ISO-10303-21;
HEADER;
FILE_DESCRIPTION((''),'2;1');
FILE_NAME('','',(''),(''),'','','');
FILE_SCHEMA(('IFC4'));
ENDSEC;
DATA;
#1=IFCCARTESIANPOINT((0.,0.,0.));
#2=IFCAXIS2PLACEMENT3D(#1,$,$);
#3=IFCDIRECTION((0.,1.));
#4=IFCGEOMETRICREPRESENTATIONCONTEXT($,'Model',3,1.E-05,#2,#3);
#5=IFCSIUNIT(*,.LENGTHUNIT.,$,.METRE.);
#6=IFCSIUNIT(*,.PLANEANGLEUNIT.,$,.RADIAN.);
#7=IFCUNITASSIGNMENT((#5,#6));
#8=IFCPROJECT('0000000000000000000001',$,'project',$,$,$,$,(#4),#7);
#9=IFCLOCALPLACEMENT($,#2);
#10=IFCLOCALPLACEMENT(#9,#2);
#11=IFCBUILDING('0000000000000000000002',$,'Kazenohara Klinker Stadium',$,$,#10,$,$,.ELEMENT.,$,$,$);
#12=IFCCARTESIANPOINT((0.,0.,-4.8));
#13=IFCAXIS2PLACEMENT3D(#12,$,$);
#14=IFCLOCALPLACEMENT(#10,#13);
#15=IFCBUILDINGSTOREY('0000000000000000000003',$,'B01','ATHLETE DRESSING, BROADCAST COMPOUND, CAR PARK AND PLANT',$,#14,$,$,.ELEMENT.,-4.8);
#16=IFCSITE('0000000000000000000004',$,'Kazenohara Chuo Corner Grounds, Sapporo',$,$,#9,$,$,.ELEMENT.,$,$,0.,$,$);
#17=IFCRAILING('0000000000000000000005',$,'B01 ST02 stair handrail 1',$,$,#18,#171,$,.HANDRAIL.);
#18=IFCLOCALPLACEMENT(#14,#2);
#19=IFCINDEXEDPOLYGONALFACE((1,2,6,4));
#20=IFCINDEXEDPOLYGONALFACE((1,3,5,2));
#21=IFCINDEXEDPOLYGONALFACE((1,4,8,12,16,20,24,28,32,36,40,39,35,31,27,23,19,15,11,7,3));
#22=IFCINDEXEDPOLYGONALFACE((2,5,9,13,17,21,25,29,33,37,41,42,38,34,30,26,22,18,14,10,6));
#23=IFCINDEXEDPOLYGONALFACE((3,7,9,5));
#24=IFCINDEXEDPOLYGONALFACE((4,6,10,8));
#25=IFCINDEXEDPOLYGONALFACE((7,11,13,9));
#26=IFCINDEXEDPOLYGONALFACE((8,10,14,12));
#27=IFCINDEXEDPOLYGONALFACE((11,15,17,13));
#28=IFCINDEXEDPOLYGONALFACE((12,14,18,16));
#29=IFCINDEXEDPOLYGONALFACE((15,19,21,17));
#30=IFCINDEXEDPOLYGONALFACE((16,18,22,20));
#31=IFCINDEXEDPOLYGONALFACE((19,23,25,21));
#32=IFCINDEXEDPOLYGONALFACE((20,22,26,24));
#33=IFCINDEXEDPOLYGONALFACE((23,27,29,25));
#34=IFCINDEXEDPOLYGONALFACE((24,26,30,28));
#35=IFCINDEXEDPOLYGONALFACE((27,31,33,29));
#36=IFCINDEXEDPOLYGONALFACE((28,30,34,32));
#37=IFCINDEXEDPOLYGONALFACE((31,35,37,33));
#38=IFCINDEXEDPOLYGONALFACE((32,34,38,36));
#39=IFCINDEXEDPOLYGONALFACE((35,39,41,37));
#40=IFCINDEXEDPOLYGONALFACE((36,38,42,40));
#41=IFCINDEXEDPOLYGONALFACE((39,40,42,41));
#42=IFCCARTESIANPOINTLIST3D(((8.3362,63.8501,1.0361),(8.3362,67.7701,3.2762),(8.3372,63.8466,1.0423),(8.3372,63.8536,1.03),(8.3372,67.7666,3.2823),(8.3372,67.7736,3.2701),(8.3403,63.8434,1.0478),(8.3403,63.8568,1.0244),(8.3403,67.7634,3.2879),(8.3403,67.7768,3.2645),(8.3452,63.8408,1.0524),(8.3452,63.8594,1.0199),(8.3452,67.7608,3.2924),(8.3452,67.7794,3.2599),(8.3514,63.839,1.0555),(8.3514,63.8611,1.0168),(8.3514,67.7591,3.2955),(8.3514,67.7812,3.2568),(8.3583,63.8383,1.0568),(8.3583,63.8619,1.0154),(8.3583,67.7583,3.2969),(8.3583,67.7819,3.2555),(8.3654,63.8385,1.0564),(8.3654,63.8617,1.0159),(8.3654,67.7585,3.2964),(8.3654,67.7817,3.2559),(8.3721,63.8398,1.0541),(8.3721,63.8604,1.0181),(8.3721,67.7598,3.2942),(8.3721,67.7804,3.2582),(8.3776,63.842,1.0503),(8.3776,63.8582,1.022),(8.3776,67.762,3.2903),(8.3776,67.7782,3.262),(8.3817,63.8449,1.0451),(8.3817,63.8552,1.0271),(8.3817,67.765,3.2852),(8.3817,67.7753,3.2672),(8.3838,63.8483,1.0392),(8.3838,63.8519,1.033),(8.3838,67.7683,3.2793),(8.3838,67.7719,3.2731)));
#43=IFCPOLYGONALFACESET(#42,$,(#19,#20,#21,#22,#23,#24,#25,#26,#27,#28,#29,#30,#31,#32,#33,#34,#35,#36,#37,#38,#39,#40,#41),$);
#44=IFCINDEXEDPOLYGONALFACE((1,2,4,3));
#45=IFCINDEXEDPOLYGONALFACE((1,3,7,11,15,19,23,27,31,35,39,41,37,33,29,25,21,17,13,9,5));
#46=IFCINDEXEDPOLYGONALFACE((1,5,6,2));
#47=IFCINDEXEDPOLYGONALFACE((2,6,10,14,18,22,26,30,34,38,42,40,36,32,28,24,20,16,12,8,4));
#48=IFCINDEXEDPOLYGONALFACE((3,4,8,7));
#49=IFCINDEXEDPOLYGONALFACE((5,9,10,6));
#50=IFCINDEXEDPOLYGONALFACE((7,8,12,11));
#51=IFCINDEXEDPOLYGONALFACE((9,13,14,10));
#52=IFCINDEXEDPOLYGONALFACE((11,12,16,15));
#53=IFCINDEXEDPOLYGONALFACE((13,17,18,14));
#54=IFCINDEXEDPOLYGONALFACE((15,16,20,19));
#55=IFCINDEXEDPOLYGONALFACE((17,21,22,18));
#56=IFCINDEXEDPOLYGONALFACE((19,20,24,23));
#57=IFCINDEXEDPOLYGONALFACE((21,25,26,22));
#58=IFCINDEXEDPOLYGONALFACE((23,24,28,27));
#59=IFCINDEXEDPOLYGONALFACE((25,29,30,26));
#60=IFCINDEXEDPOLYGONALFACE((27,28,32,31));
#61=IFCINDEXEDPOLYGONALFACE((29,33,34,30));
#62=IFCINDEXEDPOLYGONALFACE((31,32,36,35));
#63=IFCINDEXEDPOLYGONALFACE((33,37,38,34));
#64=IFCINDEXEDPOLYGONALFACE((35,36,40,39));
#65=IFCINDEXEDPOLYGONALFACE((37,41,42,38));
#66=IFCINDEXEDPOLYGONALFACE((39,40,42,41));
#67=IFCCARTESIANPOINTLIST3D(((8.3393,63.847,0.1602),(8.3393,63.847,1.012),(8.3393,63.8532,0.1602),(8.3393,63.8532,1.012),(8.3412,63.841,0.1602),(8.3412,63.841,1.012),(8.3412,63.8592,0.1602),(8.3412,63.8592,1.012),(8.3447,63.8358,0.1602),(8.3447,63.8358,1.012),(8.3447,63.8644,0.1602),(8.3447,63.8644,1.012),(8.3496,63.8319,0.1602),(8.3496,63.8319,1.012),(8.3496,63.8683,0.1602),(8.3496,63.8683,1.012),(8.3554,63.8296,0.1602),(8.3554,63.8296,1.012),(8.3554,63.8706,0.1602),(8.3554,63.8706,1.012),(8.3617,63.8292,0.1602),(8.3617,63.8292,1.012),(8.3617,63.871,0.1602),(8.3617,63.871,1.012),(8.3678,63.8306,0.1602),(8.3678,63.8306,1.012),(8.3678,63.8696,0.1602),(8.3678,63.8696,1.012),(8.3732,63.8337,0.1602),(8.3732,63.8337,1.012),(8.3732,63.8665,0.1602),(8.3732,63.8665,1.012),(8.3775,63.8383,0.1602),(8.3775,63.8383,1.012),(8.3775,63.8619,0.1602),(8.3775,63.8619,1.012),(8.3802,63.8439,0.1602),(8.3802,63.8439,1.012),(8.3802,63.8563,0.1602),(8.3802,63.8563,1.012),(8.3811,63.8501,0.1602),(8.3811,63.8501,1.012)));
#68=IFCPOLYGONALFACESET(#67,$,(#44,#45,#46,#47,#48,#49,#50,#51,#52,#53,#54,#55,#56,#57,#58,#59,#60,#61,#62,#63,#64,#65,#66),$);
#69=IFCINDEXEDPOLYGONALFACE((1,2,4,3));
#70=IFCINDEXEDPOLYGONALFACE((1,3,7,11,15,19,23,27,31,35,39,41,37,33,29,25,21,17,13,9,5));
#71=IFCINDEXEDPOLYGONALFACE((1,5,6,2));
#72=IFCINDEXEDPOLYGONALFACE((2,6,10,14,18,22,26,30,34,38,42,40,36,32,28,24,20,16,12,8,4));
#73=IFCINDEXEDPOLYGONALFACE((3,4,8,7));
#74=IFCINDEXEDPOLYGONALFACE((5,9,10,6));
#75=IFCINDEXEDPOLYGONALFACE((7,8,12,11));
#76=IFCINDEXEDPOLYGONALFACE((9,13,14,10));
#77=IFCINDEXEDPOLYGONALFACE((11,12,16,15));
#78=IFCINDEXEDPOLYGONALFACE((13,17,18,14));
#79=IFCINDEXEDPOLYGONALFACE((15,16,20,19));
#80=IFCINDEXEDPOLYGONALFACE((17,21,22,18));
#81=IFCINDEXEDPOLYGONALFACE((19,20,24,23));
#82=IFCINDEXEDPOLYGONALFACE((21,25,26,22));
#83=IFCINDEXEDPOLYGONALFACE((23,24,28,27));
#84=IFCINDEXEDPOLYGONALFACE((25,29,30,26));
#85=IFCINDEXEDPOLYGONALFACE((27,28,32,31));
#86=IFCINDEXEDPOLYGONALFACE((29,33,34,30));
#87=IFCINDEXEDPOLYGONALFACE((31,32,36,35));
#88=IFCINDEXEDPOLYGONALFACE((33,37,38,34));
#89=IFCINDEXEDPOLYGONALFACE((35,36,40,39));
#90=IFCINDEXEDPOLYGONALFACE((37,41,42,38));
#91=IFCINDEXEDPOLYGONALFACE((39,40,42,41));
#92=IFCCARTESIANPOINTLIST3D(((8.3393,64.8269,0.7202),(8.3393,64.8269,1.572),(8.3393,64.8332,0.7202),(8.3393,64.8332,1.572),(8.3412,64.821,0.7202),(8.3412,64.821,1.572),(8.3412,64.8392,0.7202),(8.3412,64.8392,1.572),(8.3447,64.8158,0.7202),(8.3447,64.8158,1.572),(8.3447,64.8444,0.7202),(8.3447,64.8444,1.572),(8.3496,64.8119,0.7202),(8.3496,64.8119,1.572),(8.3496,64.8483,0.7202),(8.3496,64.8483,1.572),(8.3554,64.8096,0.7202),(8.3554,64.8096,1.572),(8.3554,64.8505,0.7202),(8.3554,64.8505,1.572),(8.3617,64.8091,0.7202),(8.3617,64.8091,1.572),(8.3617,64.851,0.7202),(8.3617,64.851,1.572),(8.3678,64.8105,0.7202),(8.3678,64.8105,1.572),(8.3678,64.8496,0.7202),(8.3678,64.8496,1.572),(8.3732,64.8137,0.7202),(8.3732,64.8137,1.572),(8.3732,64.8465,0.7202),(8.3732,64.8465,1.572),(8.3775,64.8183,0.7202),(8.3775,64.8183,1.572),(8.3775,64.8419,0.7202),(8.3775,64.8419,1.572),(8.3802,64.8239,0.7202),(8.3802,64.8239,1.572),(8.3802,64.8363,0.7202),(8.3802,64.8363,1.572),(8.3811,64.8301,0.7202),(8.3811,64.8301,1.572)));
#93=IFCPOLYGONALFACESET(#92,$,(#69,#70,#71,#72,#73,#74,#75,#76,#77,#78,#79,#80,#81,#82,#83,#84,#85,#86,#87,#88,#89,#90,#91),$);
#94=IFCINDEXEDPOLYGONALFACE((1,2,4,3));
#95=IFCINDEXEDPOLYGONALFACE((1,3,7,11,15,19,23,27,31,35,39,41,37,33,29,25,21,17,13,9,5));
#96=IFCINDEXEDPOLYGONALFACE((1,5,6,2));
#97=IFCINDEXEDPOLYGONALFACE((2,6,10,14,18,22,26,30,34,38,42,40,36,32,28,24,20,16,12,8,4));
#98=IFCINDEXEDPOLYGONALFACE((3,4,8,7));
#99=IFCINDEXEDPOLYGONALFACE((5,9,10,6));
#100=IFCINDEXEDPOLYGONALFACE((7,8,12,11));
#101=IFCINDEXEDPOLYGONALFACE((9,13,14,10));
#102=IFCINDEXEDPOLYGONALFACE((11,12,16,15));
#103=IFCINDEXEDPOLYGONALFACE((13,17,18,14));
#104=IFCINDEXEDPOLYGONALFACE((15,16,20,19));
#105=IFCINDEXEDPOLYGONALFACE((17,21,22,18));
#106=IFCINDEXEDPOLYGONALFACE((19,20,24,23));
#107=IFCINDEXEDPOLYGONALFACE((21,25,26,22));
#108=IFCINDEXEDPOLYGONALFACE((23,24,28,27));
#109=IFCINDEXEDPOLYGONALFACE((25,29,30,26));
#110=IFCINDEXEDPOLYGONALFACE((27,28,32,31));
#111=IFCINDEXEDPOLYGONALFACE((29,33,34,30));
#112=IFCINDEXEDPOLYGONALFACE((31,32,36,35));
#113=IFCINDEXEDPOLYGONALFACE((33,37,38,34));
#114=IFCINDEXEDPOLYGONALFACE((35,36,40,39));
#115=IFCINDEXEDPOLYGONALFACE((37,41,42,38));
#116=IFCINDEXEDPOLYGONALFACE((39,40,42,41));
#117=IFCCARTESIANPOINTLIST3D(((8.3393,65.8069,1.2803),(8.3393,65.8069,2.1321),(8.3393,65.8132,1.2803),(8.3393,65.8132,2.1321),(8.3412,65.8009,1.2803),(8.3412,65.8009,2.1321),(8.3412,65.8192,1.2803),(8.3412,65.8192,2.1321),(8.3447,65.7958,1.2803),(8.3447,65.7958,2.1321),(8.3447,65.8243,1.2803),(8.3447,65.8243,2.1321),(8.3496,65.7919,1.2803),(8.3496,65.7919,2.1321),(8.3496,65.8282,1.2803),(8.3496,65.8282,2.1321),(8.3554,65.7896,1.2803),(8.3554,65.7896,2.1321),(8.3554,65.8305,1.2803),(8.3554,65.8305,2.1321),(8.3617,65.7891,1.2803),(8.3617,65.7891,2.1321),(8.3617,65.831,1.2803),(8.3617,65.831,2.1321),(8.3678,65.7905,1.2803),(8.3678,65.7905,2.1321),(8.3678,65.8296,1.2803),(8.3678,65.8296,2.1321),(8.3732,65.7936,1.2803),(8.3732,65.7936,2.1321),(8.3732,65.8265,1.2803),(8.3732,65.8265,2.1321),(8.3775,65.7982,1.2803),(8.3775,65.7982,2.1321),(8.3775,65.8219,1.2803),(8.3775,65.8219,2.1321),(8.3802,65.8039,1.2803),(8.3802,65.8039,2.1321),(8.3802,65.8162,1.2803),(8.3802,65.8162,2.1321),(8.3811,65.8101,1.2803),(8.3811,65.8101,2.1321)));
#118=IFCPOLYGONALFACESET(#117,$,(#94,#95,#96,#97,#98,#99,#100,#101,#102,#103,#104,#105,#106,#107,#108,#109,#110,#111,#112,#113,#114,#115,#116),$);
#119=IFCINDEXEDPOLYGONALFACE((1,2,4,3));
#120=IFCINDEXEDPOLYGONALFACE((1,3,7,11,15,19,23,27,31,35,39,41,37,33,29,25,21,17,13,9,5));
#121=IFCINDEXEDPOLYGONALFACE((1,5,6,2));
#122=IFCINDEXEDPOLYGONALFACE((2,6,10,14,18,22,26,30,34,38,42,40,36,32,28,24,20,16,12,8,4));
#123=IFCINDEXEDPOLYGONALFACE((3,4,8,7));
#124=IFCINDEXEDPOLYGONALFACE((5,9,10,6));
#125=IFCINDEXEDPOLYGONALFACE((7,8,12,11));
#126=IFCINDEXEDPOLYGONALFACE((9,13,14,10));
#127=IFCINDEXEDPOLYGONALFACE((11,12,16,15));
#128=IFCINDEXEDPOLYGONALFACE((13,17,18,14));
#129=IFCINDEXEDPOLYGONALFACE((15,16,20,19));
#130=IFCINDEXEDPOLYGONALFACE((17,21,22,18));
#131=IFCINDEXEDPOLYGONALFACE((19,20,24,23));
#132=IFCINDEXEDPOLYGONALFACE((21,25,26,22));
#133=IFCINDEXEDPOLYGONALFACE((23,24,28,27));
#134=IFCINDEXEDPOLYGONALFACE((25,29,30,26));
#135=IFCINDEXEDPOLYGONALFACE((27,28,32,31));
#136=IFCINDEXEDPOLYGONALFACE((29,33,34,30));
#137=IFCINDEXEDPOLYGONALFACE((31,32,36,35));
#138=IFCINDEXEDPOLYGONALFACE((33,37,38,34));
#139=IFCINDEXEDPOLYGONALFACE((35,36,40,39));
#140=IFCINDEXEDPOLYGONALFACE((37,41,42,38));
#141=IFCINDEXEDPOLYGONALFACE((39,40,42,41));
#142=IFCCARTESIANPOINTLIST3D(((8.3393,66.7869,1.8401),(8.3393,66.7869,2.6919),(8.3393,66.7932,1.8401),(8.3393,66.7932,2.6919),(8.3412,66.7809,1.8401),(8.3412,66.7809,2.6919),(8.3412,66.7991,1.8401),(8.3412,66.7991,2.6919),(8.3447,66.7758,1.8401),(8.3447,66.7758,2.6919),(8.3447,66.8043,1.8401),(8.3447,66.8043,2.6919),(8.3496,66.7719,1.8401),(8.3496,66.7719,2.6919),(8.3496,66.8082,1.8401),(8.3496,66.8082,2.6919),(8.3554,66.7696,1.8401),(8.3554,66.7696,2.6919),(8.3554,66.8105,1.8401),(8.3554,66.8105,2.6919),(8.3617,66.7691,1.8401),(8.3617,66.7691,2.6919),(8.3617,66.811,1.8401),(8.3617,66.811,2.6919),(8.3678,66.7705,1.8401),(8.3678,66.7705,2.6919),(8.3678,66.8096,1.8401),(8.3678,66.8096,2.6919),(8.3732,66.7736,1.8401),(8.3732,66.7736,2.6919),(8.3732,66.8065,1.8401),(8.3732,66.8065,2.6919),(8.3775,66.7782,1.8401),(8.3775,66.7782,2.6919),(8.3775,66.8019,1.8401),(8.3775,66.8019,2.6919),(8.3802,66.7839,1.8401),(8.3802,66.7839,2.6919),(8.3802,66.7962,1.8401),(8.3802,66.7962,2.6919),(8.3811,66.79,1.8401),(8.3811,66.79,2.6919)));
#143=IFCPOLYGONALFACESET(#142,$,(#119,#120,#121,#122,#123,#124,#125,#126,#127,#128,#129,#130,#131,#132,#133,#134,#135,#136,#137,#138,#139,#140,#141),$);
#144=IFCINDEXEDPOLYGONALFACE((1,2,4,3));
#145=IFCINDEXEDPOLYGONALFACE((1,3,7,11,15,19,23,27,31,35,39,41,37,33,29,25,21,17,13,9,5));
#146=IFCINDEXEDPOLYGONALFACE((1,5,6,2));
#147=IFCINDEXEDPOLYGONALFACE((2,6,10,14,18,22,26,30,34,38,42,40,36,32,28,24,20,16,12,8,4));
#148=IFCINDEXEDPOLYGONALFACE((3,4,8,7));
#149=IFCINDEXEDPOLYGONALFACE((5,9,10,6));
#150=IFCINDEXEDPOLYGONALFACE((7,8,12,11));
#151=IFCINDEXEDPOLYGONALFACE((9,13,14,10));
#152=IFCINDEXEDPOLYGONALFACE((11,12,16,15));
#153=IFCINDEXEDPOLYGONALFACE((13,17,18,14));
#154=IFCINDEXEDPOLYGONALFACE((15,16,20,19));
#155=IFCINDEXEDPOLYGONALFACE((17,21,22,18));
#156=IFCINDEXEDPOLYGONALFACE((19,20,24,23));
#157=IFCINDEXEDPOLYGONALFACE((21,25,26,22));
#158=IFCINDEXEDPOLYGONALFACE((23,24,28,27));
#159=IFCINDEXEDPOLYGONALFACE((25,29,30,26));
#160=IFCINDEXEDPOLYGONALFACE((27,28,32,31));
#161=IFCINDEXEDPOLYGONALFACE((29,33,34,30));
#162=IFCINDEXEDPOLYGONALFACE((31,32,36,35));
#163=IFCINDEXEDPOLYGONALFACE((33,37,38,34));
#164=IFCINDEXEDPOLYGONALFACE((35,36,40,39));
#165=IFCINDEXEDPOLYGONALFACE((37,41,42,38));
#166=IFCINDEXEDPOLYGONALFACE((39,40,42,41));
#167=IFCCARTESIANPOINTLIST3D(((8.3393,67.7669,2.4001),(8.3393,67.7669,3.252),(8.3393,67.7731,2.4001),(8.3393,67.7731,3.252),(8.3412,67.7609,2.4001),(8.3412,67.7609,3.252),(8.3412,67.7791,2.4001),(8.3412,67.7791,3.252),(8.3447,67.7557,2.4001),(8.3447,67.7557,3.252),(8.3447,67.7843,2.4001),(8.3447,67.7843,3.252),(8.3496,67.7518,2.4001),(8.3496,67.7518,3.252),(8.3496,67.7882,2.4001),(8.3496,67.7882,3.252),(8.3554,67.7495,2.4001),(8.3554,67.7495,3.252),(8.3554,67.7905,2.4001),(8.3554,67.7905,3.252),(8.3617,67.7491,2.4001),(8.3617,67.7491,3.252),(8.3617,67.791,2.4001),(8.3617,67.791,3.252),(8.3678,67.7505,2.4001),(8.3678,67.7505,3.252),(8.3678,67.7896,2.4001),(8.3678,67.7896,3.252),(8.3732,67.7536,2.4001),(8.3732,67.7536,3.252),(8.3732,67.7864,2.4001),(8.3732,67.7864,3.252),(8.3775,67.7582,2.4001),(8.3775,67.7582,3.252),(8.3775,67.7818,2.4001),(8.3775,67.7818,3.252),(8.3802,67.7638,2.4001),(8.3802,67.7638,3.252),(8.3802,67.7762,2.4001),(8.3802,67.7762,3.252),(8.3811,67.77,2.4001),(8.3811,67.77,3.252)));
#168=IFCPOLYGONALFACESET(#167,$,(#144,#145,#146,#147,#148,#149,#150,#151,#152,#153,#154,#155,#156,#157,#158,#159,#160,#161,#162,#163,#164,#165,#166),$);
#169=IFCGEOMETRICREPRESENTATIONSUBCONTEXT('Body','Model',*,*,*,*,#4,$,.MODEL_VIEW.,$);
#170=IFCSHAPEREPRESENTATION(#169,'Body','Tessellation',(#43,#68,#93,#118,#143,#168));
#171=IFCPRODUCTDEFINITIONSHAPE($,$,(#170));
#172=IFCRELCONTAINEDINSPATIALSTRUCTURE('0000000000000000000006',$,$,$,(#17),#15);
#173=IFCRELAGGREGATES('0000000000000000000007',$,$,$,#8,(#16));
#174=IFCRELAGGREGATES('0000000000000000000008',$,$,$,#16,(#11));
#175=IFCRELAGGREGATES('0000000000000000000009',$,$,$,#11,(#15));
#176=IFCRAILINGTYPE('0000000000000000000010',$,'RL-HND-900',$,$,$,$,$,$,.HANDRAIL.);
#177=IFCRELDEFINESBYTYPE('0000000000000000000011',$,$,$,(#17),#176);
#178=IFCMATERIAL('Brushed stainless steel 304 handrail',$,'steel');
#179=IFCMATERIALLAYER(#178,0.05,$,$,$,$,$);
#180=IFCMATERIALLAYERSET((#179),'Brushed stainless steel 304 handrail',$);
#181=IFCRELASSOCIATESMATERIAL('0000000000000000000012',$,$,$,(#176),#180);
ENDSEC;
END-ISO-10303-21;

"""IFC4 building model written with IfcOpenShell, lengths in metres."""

from ifc_helpers import new_model, si_unit, direction, frame, origin, origin_2d, place, context, subcontext, project, spatial, circle, extrude, material, layer, layer_set, type_object, element, save


model = new_model("IFC4")

# Units and contexts
model_context = context("Model", 3, precision=1e-05, world=origin(), true_north=direction((0.0, 1.0)))
body_context = subcontext(model_context, "Body", "Model", "MODEL_VIEW")
ifc_project = project(units=[si_unit("LENGTHUNIT", "METRE"), si_unit("PLANEANGLEUNIT", "RADIAN")], contexts=[model_context])

# Site, building, storey
site_placement = place(None, origin())
site = spatial("IfcSite", under=ifc_project, at=site_placement, Name="Kazenohara Chuo Corner Grounds, Sapporo", CompositionType="ELEMENT", RefElevation=0.0)
building_placement = place(site_placement, origin())
building = spatial("IfcBuilding", under=site, at=building_placement, Name="Kazenohara Klinker Stadium", CompositionType="ELEMENT")
storey_placement = place(building_placement, frame((0.0, 0.0, -4.8)))
storey = spatial("IfcBuildingStorey", under=building, at=storey_placement, Name="B01", Description="ATHLETE DRESSING, BROADCAST COMPOUND, CAR PARK AND PLANT", CompositionType="ELEMENT", Elevation=-4.8)

# Railing
ifc_material_1 = material(Name="Brushed stainless steel 304 handrail", Category="steel")
ifc_layer_1 = layer(ifc_material_1, 0.05)
ifc_layer_set_1 = layer_set([ifc_layer_1], Name="Brushed stainless steel 304 handrail")
railing_type = type_object("IfcRailingType", Name="RL-HND-900", PredefinedType="HANDRAIL", material=ifc_layer_set_1)
railing_placement = place(storey_placement, frame((8.3601, 63.8501, 0.1602)))
element("IfcRailing", 1, at=railing_placement, inside=storey, type_object=railing_type, Name="B01 ST02 stair handrail 1", PredefinedType="HANDRAIL", context=body_context, shape_type="SweptSolid", body=[
    extrude(circle(Radius=0.0239, at=origin_2d()), frame((0.0, 0.0, 0.876), z_axis=(0.0, 0.86824, 0.496145), x_axis=(-1.0, 0.0, 0.0)), (0.0, 0.0, 1.0), 4.5149),
    extrude(circle(Radius=0.021, at=origin_2d()), origin(), (0.0, 0.0, 1.0), 0.8518),
    extrude(circle(Radius=0.021, at=origin_2d()), frame((0.0, 0.98, 0.5601)), (0.0, 0.0, 1.0), 0.8518),
    extrude(circle(Radius=0.021, at=origin_2d()), frame((0.0, 1.96, 1.1201)), (0.0, 0.0, 1.0), 0.8518),
    extrude(circle(Radius=0.021, at=origin_2d()), frame((0.0, 2.9399, 1.6799)), (0.0, 0.0, 1.0), 0.8518),
    extrude(circle(Radius=0.021, at=origin_2d()), frame((0.0, 3.9199, 2.24)), (0.0, 0.0, 1.0), 0.8518),
])

save(model, "model.ifc")
